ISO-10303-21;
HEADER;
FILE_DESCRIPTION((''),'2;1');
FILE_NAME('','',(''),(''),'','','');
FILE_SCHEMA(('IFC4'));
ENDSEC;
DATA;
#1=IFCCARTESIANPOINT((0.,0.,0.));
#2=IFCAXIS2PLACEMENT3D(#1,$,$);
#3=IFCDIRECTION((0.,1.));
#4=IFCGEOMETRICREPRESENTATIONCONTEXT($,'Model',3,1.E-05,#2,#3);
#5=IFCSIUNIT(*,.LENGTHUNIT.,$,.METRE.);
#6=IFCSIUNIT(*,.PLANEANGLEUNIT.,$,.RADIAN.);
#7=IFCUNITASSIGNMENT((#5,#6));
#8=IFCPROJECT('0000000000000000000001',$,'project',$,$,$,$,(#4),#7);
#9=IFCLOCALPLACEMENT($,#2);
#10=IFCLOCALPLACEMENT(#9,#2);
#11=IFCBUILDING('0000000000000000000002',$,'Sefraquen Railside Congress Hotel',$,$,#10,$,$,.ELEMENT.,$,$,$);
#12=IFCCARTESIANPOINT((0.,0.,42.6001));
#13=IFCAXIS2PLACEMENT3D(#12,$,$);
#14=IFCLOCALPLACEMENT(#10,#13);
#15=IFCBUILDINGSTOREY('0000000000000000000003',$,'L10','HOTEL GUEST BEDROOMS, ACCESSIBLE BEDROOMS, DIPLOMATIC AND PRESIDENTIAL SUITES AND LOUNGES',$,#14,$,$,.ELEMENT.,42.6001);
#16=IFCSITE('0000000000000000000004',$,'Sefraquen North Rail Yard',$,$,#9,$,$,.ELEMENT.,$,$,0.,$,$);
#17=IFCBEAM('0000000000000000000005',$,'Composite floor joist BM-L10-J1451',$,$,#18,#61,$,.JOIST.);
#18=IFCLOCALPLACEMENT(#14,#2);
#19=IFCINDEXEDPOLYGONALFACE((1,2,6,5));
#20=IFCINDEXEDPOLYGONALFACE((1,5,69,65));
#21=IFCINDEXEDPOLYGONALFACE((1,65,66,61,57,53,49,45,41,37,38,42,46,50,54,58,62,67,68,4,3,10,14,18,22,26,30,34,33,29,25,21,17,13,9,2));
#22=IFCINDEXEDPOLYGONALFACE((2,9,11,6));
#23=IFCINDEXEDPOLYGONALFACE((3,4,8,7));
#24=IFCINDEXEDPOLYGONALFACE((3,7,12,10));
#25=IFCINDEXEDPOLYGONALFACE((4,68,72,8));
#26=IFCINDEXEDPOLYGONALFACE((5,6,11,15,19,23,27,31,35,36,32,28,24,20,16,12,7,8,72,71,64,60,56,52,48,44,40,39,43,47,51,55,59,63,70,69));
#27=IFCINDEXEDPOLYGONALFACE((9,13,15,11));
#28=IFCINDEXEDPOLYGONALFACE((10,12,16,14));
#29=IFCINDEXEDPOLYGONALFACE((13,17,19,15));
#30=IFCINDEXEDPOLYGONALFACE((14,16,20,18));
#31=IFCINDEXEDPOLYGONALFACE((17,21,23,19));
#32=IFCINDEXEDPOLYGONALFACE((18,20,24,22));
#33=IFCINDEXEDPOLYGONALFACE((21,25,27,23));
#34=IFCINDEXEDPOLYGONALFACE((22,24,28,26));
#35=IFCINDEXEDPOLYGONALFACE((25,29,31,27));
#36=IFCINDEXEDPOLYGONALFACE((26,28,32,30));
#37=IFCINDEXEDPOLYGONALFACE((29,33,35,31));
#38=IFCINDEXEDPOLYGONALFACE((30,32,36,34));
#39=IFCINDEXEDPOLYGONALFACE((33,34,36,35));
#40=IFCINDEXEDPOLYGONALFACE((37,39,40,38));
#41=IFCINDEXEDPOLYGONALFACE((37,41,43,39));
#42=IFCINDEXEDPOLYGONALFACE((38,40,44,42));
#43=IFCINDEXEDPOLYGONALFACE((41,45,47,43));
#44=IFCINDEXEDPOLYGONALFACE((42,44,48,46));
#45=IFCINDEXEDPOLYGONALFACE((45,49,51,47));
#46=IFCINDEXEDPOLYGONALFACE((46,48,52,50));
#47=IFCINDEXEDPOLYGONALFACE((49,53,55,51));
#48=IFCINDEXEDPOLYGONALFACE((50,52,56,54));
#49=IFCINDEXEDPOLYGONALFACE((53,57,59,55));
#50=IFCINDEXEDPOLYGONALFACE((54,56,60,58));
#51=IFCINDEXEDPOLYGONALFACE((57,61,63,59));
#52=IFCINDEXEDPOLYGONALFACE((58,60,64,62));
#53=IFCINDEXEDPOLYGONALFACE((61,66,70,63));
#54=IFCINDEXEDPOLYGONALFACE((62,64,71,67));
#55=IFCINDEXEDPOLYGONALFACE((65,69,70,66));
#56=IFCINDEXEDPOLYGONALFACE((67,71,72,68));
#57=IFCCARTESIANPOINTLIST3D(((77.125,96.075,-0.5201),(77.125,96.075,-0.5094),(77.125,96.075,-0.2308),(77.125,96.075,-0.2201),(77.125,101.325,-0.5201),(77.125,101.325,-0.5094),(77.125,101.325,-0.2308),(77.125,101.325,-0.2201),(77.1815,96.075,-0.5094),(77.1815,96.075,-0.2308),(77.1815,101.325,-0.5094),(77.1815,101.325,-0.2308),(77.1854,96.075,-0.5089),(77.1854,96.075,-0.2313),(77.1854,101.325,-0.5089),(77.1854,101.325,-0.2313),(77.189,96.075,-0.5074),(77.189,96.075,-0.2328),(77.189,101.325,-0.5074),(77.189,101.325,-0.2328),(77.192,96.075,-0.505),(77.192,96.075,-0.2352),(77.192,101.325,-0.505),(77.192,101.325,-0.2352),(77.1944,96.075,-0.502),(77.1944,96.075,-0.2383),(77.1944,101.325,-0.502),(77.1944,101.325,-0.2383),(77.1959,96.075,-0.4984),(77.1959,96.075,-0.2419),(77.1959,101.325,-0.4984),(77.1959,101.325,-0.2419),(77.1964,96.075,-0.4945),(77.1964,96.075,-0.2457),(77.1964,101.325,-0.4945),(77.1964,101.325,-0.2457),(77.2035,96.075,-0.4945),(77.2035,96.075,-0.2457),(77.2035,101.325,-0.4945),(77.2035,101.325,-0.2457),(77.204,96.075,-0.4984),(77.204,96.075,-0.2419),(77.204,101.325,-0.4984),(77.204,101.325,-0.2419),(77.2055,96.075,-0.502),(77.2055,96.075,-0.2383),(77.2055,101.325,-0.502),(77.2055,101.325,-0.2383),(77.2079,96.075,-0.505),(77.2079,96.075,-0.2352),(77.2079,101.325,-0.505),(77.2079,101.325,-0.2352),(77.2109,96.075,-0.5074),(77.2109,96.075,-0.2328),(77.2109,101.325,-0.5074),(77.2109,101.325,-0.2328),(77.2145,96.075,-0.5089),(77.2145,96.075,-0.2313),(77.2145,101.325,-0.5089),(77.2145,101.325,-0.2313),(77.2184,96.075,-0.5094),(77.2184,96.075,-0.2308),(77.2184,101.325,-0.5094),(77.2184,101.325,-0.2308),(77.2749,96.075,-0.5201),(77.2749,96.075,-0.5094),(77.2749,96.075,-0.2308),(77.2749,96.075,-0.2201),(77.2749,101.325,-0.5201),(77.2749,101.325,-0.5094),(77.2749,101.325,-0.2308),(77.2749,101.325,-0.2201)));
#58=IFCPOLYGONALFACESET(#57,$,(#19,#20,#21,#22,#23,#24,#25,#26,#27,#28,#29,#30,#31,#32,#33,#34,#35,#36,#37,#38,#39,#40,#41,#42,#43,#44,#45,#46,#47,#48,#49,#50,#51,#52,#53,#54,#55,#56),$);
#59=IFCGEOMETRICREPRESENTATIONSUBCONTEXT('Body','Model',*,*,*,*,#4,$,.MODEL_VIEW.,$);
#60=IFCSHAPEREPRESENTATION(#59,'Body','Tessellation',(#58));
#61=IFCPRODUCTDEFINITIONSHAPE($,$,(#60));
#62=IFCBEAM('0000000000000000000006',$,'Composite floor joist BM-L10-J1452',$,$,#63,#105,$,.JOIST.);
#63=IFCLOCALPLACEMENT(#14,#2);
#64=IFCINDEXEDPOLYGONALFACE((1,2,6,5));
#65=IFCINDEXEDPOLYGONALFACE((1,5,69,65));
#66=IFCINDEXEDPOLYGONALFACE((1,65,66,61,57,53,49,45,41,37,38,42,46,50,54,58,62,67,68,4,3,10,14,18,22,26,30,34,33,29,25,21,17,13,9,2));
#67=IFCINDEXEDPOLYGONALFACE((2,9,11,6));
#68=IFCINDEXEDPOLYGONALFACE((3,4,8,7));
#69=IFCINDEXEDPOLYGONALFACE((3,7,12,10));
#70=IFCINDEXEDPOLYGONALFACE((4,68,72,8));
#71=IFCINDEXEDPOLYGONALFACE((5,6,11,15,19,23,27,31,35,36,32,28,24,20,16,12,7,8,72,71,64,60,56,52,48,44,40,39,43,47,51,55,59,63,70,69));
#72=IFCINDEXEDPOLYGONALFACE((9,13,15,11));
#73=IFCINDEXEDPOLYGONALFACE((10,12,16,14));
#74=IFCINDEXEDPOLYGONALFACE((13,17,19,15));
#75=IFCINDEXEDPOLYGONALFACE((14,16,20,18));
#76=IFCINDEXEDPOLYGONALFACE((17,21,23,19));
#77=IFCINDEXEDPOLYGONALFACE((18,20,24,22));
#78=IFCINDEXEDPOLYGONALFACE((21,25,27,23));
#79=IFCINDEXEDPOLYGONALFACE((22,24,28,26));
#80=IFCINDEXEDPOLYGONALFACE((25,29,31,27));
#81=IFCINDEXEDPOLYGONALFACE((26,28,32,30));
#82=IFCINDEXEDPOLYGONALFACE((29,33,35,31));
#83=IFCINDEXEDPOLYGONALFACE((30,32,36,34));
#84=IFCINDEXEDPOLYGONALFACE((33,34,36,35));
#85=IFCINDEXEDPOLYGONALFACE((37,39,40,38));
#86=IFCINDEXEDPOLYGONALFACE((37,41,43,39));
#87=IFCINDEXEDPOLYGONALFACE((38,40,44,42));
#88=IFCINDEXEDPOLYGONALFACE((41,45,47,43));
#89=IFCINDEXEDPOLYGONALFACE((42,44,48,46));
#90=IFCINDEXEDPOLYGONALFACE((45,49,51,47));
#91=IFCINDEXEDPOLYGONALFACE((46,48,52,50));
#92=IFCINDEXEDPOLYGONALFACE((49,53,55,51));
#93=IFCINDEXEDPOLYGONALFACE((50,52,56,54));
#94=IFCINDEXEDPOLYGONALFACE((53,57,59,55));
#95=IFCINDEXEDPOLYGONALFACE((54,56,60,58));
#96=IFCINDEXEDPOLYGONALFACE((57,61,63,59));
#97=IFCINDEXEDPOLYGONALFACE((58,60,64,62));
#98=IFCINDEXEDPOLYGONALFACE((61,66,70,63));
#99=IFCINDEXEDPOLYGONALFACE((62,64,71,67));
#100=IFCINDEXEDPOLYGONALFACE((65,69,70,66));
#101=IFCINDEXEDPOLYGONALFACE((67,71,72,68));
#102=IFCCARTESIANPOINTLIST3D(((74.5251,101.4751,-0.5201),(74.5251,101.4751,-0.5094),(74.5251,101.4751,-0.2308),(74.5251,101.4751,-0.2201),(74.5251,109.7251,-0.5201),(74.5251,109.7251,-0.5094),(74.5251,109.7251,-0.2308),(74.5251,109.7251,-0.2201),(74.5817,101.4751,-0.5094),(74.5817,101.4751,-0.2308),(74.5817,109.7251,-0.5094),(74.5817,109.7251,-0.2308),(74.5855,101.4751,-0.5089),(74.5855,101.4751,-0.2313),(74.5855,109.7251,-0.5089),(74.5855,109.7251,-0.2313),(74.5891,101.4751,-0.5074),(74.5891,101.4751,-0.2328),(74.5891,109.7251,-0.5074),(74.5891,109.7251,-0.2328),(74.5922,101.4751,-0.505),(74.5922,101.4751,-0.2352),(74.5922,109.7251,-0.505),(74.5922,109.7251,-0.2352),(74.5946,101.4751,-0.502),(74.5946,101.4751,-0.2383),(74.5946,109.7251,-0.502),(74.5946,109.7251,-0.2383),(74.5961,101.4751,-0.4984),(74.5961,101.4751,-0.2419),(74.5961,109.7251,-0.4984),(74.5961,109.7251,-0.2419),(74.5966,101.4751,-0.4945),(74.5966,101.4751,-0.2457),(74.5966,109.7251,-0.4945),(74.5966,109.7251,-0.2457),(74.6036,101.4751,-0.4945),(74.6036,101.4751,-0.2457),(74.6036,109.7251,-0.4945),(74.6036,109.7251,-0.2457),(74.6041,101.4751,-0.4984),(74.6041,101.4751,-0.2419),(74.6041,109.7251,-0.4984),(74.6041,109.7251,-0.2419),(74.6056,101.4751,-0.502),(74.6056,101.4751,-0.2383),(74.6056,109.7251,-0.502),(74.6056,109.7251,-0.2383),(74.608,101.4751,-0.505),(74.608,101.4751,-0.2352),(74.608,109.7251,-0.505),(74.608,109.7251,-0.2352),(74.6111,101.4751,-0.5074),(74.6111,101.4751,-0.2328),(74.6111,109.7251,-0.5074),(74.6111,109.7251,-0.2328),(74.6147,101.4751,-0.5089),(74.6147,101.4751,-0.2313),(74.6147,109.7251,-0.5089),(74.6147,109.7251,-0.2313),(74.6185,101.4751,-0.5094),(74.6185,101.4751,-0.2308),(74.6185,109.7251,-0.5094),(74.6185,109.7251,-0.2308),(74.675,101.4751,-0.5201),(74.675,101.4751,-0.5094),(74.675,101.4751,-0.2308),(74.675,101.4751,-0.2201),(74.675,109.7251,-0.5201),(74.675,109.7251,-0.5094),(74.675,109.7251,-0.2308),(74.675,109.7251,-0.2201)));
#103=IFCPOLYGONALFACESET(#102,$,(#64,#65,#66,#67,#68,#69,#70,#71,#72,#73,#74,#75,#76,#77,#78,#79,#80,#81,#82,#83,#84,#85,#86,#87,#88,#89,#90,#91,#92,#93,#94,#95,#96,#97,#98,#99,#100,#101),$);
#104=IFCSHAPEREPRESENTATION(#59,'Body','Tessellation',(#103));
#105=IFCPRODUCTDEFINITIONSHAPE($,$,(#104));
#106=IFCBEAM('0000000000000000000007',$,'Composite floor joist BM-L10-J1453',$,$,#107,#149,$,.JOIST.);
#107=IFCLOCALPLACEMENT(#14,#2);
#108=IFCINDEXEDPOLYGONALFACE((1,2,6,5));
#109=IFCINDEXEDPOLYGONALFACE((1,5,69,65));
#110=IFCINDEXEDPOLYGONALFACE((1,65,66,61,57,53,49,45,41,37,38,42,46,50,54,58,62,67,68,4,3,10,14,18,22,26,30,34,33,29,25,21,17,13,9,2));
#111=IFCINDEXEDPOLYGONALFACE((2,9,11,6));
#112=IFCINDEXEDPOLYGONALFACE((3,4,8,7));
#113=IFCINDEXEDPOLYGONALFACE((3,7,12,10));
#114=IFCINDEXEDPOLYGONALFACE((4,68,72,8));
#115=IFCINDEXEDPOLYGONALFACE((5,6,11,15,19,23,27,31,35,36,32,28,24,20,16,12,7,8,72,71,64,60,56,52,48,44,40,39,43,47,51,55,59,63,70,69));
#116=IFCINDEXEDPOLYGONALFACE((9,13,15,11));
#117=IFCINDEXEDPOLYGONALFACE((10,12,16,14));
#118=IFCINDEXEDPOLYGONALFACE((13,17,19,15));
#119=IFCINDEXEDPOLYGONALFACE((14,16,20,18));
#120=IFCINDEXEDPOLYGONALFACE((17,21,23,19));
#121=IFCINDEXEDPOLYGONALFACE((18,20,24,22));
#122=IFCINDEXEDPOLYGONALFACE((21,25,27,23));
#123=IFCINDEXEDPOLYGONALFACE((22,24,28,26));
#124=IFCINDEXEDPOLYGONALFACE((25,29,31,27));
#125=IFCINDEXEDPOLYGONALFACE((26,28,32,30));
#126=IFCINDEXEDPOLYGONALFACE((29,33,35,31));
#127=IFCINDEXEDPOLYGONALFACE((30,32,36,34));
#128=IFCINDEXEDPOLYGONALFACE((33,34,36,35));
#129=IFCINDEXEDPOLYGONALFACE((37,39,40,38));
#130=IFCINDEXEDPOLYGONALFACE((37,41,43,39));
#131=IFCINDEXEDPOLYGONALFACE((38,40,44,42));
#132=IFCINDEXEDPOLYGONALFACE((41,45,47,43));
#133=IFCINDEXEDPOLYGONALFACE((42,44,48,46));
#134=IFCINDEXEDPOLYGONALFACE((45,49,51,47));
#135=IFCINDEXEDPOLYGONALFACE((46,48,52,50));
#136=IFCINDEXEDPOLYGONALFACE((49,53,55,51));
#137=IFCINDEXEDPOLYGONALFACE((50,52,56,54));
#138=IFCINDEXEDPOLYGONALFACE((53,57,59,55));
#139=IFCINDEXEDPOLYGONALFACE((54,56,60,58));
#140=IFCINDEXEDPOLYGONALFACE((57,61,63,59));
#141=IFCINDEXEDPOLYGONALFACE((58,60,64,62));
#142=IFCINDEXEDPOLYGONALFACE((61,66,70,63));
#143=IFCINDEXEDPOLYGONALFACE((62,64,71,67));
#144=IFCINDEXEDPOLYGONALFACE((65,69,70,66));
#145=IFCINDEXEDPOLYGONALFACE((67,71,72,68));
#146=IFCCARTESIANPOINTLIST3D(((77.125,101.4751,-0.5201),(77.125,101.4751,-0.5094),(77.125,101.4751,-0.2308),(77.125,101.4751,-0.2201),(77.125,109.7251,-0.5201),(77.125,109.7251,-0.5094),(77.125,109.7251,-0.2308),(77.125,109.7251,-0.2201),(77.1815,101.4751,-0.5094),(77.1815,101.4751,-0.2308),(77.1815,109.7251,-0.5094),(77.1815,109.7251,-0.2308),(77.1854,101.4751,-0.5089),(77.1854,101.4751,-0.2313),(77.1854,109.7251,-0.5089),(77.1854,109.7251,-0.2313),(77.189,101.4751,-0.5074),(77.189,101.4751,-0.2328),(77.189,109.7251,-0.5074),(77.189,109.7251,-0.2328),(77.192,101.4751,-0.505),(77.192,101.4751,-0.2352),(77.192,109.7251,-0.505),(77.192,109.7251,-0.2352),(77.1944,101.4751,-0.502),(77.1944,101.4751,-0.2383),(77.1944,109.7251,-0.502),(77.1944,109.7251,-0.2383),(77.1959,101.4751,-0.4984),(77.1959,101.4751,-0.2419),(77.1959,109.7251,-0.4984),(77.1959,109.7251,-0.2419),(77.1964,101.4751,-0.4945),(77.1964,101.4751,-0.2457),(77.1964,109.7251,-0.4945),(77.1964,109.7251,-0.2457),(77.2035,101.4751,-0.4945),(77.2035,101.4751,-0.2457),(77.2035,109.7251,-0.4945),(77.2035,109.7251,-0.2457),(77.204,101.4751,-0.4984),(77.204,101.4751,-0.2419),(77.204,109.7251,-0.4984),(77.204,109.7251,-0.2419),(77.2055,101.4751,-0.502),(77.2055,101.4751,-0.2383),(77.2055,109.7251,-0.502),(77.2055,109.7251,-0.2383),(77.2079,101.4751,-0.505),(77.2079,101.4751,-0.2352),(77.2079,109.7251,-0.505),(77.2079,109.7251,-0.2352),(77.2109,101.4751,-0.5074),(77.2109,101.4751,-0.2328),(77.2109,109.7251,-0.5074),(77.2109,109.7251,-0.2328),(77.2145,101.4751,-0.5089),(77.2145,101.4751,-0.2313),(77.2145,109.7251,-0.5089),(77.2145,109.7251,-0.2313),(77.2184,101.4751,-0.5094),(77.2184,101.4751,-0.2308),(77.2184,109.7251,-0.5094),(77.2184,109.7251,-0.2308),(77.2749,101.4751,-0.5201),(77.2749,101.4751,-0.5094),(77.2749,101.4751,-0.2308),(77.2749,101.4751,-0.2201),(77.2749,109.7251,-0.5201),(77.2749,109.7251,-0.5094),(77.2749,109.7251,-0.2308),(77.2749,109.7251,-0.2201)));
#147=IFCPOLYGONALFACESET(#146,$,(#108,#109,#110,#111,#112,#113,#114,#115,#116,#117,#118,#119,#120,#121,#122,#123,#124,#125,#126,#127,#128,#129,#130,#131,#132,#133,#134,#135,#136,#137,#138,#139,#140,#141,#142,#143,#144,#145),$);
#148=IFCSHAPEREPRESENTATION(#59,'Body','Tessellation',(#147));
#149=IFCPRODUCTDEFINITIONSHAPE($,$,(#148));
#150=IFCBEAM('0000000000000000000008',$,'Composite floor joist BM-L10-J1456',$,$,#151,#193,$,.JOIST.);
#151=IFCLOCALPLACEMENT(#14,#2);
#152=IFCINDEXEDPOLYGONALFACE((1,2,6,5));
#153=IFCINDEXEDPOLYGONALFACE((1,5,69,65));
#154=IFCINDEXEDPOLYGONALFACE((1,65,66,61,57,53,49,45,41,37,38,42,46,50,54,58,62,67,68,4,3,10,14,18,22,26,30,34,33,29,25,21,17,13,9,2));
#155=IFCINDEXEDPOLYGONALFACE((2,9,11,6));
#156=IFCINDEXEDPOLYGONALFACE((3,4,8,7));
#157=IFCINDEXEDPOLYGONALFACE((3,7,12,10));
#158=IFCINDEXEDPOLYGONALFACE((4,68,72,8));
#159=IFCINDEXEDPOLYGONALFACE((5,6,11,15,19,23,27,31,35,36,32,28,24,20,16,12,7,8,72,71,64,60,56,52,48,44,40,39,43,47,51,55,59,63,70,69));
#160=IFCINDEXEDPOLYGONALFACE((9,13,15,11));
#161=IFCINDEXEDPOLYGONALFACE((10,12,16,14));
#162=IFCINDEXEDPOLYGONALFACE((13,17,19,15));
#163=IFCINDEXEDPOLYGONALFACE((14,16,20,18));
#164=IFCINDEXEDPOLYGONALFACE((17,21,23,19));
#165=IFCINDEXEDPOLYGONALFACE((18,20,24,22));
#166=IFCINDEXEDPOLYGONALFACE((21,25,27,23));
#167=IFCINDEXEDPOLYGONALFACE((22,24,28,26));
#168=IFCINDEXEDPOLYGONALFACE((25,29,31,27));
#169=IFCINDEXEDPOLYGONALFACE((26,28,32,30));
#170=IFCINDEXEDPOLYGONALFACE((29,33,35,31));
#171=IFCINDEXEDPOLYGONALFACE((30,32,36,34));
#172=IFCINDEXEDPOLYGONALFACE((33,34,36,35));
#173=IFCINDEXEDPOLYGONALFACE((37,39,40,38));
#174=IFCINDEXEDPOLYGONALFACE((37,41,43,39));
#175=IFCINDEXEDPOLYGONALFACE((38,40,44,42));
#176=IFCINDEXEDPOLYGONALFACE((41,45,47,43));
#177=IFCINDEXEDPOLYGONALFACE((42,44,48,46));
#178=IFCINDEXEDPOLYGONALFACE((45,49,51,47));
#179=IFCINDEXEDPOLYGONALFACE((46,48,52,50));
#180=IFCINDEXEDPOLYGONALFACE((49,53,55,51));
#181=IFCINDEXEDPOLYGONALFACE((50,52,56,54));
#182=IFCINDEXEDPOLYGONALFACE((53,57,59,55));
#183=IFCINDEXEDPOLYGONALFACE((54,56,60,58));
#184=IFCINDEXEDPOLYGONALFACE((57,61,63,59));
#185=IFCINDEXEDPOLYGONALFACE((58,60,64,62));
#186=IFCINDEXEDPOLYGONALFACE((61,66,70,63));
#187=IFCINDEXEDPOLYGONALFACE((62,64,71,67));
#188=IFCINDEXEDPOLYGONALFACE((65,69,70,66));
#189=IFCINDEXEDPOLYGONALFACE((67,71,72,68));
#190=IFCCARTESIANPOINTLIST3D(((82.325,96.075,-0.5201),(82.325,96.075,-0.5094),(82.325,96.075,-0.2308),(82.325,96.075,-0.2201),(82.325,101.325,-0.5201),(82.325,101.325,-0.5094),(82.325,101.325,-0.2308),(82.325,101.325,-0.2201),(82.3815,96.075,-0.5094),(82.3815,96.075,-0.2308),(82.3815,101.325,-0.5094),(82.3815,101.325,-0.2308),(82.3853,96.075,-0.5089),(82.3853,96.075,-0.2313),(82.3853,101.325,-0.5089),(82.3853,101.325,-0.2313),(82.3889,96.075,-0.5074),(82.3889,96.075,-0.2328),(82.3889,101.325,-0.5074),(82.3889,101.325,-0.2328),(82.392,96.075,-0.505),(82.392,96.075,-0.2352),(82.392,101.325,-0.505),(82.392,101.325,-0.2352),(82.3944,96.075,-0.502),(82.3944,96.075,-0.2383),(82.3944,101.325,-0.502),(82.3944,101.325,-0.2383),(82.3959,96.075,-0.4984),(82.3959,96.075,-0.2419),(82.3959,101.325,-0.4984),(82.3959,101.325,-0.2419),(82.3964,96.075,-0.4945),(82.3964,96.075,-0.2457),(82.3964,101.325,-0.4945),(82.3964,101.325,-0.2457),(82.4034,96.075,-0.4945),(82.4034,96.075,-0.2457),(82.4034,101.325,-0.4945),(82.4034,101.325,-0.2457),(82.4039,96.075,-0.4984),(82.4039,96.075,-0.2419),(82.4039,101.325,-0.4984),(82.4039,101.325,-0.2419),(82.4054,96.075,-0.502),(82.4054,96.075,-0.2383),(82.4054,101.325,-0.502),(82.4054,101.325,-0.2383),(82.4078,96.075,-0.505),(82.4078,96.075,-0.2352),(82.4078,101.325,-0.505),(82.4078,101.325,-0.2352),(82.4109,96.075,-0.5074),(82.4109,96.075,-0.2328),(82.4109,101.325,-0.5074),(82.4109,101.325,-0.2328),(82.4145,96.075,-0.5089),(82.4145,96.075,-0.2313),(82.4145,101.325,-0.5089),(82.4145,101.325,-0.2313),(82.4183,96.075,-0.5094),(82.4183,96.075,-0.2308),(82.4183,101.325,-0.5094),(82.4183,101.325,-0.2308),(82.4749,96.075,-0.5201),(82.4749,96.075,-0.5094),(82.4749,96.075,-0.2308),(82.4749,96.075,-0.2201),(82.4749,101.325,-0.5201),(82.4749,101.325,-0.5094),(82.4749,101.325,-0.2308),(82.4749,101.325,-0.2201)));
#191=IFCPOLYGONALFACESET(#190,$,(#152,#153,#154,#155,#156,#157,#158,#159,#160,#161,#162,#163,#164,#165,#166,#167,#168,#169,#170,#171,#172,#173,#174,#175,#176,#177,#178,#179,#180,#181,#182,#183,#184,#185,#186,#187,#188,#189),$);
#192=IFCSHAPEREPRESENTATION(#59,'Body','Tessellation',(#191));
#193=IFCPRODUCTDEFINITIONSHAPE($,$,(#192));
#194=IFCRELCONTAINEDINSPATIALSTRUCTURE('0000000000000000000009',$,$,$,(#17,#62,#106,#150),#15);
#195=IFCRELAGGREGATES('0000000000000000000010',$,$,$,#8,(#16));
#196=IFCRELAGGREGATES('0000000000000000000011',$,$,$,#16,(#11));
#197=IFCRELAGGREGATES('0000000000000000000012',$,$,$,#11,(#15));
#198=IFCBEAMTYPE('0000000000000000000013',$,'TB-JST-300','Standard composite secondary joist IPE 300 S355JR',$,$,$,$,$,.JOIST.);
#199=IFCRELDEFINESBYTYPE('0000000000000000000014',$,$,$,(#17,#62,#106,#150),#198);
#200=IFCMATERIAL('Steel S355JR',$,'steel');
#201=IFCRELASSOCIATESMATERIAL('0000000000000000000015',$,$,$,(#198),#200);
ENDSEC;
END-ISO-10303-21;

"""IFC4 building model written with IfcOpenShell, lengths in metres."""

from ifc_helpers import new_model, si_unit, direction, frame, origin, origin_2d, place, context, subcontext, project, spatial, i_section, extrude, material, material_profile, profile_set, type_object, element, save


model = new_model("IFC4")

# Units and contexts
model_context = context("Model", 3, precision=1e-05, world=origin(), true_north=direction((0.0, 1.0)))
body_context = subcontext(model_context, "Body", "Model", "MODEL_VIEW")
ifc_project = project(units=[si_unit("LENGTHUNIT", "METRE"), si_unit("PLANEANGLEUNIT", "RADIAN")], contexts=[model_context])

# Site, building, storey
site_placement = place(None, origin())
site = spatial("IfcSite", under=ifc_project, at=site_placement, Name="Sefraquen North Rail Yard", CompositionType="ELEMENT", RefElevation=0.0)
building_placement = place(site_placement, origin())
building = spatial("IfcBuilding", under=site, at=building_placement, Name="Sefraquen Railside Congress Hotel", CompositionType="ELEMENT")
storey_placement = place(building_placement, frame((0.0, 0.0, 42.6001)))
storey = spatial("IfcBuildingStorey", under=building, at=storey_placement, Name="L10", Description="HOTEL GUEST BEDROOMS, ACCESSIBLE BEDROOMS, DIPLOMATIC AND PRESIDENTIAL SUITES AND LOUNGES", CompositionType="ELEMENT", Elevation=42.6001)

# Shared definitions
ifc_material_1 = material(Name="Steel S355JR", Category="steel")

# Beams
ifc_material_profile_1 = material_profile(ifc_material_1, i_section(OverallWidth=0.1499, OverallDepth=0.3, WebThickness=0.0071, FlangeThickness=0.0107, FilletRadius=0.0149, at=origin_2d()), Name="IPE 300")
ifc_profile_set_1 = profile_set([ifc_material_profile_1], Name="Steel S355JR")
beam_type_1 = type_object("IfcBeamType", Name="TB-JST-300", Description="Standard composite secondary joist IPE 300 S355JR", PredefinedType="JOIST", material=ifc_profile_set_1)
for number, where, z_axis, x_axis, name in (
    (1, (77.2, 96.075, -0.3701), (0.0, 1.0, 0.0), (-1.0, 0.0, 0.0), "Composite floor joist BM-L10-J1451"),
):
    element("IfcBeam", number, at=place(storey_placement, frame(where, z_axis=z_axis, x_axis=x_axis)), inside=storey, type_object=beam_type_1, Name=name, PredefinedType="JOIST", context=body_context, shape_type="SweptSolid", body=[
        extrude(i_section(OverallWidth=0.1499, OverallDepth=0.3, WebThickness=0.0071, FlangeThickness=0.0107, FilletRadius=0.0149, at=origin_2d()), origin(), (0.0, 0.0, 1.0), 5.25),
    ])
for number, where, z_axis, x_axis, name in (
    (2, (74.6001, 101.4751, -0.3701), (0.0, 1.0, 0.0), (-1.0, 0.0, 0.0), "Composite floor joist BM-L10-J1452"),
    (3, (77.2, 101.4751, -0.3701), (0.0, 1.0, 0.0), (-1.0, 0.0, 0.0), "Composite floor joist BM-L10-J1453"),
):
    element("IfcBeam", number, at=place(storey_placement, frame(where, z_axis=z_axis, x_axis=x_axis)), inside=storey, type_object=beam_type_1, Name=name, PredefinedType="JOIST", context=body_context, shape_type="SweptSolid", body=[
        extrude(i_section(OverallWidth=0.1499, OverallDepth=0.3, WebThickness=0.0071, FlangeThickness=0.0107, FilletRadius=0.0149, at=origin_2d()), origin(), (0.0, 0.0, 1.0), 8.25),
    ])
for number, where, z_axis, x_axis, name in (
    (4, (82.3999, 96.075, -0.3701), (0.0, 1.0, 0.0), (-1.0, 0.0, 0.0), "Composite floor joist BM-L10-J1456"),
):
    element("IfcBeam", number, at=place(storey_placement, frame(where, z_axis=z_axis, x_axis=x_axis)), inside=storey, type_object=beam_type_1, Name=name, PredefinedType="JOIST", context=body_context, shape_type="SweptSolid", body=[
        extrude(i_section(OverallWidth=0.1499, OverallDepth=0.3, WebThickness=0.0071, FlangeThickness=0.0107, FilletRadius=0.0149, at=origin_2d()), origin(), (0.0, 0.0, 1.0), 5.25),
    ])

save(model, "model.ifc")
